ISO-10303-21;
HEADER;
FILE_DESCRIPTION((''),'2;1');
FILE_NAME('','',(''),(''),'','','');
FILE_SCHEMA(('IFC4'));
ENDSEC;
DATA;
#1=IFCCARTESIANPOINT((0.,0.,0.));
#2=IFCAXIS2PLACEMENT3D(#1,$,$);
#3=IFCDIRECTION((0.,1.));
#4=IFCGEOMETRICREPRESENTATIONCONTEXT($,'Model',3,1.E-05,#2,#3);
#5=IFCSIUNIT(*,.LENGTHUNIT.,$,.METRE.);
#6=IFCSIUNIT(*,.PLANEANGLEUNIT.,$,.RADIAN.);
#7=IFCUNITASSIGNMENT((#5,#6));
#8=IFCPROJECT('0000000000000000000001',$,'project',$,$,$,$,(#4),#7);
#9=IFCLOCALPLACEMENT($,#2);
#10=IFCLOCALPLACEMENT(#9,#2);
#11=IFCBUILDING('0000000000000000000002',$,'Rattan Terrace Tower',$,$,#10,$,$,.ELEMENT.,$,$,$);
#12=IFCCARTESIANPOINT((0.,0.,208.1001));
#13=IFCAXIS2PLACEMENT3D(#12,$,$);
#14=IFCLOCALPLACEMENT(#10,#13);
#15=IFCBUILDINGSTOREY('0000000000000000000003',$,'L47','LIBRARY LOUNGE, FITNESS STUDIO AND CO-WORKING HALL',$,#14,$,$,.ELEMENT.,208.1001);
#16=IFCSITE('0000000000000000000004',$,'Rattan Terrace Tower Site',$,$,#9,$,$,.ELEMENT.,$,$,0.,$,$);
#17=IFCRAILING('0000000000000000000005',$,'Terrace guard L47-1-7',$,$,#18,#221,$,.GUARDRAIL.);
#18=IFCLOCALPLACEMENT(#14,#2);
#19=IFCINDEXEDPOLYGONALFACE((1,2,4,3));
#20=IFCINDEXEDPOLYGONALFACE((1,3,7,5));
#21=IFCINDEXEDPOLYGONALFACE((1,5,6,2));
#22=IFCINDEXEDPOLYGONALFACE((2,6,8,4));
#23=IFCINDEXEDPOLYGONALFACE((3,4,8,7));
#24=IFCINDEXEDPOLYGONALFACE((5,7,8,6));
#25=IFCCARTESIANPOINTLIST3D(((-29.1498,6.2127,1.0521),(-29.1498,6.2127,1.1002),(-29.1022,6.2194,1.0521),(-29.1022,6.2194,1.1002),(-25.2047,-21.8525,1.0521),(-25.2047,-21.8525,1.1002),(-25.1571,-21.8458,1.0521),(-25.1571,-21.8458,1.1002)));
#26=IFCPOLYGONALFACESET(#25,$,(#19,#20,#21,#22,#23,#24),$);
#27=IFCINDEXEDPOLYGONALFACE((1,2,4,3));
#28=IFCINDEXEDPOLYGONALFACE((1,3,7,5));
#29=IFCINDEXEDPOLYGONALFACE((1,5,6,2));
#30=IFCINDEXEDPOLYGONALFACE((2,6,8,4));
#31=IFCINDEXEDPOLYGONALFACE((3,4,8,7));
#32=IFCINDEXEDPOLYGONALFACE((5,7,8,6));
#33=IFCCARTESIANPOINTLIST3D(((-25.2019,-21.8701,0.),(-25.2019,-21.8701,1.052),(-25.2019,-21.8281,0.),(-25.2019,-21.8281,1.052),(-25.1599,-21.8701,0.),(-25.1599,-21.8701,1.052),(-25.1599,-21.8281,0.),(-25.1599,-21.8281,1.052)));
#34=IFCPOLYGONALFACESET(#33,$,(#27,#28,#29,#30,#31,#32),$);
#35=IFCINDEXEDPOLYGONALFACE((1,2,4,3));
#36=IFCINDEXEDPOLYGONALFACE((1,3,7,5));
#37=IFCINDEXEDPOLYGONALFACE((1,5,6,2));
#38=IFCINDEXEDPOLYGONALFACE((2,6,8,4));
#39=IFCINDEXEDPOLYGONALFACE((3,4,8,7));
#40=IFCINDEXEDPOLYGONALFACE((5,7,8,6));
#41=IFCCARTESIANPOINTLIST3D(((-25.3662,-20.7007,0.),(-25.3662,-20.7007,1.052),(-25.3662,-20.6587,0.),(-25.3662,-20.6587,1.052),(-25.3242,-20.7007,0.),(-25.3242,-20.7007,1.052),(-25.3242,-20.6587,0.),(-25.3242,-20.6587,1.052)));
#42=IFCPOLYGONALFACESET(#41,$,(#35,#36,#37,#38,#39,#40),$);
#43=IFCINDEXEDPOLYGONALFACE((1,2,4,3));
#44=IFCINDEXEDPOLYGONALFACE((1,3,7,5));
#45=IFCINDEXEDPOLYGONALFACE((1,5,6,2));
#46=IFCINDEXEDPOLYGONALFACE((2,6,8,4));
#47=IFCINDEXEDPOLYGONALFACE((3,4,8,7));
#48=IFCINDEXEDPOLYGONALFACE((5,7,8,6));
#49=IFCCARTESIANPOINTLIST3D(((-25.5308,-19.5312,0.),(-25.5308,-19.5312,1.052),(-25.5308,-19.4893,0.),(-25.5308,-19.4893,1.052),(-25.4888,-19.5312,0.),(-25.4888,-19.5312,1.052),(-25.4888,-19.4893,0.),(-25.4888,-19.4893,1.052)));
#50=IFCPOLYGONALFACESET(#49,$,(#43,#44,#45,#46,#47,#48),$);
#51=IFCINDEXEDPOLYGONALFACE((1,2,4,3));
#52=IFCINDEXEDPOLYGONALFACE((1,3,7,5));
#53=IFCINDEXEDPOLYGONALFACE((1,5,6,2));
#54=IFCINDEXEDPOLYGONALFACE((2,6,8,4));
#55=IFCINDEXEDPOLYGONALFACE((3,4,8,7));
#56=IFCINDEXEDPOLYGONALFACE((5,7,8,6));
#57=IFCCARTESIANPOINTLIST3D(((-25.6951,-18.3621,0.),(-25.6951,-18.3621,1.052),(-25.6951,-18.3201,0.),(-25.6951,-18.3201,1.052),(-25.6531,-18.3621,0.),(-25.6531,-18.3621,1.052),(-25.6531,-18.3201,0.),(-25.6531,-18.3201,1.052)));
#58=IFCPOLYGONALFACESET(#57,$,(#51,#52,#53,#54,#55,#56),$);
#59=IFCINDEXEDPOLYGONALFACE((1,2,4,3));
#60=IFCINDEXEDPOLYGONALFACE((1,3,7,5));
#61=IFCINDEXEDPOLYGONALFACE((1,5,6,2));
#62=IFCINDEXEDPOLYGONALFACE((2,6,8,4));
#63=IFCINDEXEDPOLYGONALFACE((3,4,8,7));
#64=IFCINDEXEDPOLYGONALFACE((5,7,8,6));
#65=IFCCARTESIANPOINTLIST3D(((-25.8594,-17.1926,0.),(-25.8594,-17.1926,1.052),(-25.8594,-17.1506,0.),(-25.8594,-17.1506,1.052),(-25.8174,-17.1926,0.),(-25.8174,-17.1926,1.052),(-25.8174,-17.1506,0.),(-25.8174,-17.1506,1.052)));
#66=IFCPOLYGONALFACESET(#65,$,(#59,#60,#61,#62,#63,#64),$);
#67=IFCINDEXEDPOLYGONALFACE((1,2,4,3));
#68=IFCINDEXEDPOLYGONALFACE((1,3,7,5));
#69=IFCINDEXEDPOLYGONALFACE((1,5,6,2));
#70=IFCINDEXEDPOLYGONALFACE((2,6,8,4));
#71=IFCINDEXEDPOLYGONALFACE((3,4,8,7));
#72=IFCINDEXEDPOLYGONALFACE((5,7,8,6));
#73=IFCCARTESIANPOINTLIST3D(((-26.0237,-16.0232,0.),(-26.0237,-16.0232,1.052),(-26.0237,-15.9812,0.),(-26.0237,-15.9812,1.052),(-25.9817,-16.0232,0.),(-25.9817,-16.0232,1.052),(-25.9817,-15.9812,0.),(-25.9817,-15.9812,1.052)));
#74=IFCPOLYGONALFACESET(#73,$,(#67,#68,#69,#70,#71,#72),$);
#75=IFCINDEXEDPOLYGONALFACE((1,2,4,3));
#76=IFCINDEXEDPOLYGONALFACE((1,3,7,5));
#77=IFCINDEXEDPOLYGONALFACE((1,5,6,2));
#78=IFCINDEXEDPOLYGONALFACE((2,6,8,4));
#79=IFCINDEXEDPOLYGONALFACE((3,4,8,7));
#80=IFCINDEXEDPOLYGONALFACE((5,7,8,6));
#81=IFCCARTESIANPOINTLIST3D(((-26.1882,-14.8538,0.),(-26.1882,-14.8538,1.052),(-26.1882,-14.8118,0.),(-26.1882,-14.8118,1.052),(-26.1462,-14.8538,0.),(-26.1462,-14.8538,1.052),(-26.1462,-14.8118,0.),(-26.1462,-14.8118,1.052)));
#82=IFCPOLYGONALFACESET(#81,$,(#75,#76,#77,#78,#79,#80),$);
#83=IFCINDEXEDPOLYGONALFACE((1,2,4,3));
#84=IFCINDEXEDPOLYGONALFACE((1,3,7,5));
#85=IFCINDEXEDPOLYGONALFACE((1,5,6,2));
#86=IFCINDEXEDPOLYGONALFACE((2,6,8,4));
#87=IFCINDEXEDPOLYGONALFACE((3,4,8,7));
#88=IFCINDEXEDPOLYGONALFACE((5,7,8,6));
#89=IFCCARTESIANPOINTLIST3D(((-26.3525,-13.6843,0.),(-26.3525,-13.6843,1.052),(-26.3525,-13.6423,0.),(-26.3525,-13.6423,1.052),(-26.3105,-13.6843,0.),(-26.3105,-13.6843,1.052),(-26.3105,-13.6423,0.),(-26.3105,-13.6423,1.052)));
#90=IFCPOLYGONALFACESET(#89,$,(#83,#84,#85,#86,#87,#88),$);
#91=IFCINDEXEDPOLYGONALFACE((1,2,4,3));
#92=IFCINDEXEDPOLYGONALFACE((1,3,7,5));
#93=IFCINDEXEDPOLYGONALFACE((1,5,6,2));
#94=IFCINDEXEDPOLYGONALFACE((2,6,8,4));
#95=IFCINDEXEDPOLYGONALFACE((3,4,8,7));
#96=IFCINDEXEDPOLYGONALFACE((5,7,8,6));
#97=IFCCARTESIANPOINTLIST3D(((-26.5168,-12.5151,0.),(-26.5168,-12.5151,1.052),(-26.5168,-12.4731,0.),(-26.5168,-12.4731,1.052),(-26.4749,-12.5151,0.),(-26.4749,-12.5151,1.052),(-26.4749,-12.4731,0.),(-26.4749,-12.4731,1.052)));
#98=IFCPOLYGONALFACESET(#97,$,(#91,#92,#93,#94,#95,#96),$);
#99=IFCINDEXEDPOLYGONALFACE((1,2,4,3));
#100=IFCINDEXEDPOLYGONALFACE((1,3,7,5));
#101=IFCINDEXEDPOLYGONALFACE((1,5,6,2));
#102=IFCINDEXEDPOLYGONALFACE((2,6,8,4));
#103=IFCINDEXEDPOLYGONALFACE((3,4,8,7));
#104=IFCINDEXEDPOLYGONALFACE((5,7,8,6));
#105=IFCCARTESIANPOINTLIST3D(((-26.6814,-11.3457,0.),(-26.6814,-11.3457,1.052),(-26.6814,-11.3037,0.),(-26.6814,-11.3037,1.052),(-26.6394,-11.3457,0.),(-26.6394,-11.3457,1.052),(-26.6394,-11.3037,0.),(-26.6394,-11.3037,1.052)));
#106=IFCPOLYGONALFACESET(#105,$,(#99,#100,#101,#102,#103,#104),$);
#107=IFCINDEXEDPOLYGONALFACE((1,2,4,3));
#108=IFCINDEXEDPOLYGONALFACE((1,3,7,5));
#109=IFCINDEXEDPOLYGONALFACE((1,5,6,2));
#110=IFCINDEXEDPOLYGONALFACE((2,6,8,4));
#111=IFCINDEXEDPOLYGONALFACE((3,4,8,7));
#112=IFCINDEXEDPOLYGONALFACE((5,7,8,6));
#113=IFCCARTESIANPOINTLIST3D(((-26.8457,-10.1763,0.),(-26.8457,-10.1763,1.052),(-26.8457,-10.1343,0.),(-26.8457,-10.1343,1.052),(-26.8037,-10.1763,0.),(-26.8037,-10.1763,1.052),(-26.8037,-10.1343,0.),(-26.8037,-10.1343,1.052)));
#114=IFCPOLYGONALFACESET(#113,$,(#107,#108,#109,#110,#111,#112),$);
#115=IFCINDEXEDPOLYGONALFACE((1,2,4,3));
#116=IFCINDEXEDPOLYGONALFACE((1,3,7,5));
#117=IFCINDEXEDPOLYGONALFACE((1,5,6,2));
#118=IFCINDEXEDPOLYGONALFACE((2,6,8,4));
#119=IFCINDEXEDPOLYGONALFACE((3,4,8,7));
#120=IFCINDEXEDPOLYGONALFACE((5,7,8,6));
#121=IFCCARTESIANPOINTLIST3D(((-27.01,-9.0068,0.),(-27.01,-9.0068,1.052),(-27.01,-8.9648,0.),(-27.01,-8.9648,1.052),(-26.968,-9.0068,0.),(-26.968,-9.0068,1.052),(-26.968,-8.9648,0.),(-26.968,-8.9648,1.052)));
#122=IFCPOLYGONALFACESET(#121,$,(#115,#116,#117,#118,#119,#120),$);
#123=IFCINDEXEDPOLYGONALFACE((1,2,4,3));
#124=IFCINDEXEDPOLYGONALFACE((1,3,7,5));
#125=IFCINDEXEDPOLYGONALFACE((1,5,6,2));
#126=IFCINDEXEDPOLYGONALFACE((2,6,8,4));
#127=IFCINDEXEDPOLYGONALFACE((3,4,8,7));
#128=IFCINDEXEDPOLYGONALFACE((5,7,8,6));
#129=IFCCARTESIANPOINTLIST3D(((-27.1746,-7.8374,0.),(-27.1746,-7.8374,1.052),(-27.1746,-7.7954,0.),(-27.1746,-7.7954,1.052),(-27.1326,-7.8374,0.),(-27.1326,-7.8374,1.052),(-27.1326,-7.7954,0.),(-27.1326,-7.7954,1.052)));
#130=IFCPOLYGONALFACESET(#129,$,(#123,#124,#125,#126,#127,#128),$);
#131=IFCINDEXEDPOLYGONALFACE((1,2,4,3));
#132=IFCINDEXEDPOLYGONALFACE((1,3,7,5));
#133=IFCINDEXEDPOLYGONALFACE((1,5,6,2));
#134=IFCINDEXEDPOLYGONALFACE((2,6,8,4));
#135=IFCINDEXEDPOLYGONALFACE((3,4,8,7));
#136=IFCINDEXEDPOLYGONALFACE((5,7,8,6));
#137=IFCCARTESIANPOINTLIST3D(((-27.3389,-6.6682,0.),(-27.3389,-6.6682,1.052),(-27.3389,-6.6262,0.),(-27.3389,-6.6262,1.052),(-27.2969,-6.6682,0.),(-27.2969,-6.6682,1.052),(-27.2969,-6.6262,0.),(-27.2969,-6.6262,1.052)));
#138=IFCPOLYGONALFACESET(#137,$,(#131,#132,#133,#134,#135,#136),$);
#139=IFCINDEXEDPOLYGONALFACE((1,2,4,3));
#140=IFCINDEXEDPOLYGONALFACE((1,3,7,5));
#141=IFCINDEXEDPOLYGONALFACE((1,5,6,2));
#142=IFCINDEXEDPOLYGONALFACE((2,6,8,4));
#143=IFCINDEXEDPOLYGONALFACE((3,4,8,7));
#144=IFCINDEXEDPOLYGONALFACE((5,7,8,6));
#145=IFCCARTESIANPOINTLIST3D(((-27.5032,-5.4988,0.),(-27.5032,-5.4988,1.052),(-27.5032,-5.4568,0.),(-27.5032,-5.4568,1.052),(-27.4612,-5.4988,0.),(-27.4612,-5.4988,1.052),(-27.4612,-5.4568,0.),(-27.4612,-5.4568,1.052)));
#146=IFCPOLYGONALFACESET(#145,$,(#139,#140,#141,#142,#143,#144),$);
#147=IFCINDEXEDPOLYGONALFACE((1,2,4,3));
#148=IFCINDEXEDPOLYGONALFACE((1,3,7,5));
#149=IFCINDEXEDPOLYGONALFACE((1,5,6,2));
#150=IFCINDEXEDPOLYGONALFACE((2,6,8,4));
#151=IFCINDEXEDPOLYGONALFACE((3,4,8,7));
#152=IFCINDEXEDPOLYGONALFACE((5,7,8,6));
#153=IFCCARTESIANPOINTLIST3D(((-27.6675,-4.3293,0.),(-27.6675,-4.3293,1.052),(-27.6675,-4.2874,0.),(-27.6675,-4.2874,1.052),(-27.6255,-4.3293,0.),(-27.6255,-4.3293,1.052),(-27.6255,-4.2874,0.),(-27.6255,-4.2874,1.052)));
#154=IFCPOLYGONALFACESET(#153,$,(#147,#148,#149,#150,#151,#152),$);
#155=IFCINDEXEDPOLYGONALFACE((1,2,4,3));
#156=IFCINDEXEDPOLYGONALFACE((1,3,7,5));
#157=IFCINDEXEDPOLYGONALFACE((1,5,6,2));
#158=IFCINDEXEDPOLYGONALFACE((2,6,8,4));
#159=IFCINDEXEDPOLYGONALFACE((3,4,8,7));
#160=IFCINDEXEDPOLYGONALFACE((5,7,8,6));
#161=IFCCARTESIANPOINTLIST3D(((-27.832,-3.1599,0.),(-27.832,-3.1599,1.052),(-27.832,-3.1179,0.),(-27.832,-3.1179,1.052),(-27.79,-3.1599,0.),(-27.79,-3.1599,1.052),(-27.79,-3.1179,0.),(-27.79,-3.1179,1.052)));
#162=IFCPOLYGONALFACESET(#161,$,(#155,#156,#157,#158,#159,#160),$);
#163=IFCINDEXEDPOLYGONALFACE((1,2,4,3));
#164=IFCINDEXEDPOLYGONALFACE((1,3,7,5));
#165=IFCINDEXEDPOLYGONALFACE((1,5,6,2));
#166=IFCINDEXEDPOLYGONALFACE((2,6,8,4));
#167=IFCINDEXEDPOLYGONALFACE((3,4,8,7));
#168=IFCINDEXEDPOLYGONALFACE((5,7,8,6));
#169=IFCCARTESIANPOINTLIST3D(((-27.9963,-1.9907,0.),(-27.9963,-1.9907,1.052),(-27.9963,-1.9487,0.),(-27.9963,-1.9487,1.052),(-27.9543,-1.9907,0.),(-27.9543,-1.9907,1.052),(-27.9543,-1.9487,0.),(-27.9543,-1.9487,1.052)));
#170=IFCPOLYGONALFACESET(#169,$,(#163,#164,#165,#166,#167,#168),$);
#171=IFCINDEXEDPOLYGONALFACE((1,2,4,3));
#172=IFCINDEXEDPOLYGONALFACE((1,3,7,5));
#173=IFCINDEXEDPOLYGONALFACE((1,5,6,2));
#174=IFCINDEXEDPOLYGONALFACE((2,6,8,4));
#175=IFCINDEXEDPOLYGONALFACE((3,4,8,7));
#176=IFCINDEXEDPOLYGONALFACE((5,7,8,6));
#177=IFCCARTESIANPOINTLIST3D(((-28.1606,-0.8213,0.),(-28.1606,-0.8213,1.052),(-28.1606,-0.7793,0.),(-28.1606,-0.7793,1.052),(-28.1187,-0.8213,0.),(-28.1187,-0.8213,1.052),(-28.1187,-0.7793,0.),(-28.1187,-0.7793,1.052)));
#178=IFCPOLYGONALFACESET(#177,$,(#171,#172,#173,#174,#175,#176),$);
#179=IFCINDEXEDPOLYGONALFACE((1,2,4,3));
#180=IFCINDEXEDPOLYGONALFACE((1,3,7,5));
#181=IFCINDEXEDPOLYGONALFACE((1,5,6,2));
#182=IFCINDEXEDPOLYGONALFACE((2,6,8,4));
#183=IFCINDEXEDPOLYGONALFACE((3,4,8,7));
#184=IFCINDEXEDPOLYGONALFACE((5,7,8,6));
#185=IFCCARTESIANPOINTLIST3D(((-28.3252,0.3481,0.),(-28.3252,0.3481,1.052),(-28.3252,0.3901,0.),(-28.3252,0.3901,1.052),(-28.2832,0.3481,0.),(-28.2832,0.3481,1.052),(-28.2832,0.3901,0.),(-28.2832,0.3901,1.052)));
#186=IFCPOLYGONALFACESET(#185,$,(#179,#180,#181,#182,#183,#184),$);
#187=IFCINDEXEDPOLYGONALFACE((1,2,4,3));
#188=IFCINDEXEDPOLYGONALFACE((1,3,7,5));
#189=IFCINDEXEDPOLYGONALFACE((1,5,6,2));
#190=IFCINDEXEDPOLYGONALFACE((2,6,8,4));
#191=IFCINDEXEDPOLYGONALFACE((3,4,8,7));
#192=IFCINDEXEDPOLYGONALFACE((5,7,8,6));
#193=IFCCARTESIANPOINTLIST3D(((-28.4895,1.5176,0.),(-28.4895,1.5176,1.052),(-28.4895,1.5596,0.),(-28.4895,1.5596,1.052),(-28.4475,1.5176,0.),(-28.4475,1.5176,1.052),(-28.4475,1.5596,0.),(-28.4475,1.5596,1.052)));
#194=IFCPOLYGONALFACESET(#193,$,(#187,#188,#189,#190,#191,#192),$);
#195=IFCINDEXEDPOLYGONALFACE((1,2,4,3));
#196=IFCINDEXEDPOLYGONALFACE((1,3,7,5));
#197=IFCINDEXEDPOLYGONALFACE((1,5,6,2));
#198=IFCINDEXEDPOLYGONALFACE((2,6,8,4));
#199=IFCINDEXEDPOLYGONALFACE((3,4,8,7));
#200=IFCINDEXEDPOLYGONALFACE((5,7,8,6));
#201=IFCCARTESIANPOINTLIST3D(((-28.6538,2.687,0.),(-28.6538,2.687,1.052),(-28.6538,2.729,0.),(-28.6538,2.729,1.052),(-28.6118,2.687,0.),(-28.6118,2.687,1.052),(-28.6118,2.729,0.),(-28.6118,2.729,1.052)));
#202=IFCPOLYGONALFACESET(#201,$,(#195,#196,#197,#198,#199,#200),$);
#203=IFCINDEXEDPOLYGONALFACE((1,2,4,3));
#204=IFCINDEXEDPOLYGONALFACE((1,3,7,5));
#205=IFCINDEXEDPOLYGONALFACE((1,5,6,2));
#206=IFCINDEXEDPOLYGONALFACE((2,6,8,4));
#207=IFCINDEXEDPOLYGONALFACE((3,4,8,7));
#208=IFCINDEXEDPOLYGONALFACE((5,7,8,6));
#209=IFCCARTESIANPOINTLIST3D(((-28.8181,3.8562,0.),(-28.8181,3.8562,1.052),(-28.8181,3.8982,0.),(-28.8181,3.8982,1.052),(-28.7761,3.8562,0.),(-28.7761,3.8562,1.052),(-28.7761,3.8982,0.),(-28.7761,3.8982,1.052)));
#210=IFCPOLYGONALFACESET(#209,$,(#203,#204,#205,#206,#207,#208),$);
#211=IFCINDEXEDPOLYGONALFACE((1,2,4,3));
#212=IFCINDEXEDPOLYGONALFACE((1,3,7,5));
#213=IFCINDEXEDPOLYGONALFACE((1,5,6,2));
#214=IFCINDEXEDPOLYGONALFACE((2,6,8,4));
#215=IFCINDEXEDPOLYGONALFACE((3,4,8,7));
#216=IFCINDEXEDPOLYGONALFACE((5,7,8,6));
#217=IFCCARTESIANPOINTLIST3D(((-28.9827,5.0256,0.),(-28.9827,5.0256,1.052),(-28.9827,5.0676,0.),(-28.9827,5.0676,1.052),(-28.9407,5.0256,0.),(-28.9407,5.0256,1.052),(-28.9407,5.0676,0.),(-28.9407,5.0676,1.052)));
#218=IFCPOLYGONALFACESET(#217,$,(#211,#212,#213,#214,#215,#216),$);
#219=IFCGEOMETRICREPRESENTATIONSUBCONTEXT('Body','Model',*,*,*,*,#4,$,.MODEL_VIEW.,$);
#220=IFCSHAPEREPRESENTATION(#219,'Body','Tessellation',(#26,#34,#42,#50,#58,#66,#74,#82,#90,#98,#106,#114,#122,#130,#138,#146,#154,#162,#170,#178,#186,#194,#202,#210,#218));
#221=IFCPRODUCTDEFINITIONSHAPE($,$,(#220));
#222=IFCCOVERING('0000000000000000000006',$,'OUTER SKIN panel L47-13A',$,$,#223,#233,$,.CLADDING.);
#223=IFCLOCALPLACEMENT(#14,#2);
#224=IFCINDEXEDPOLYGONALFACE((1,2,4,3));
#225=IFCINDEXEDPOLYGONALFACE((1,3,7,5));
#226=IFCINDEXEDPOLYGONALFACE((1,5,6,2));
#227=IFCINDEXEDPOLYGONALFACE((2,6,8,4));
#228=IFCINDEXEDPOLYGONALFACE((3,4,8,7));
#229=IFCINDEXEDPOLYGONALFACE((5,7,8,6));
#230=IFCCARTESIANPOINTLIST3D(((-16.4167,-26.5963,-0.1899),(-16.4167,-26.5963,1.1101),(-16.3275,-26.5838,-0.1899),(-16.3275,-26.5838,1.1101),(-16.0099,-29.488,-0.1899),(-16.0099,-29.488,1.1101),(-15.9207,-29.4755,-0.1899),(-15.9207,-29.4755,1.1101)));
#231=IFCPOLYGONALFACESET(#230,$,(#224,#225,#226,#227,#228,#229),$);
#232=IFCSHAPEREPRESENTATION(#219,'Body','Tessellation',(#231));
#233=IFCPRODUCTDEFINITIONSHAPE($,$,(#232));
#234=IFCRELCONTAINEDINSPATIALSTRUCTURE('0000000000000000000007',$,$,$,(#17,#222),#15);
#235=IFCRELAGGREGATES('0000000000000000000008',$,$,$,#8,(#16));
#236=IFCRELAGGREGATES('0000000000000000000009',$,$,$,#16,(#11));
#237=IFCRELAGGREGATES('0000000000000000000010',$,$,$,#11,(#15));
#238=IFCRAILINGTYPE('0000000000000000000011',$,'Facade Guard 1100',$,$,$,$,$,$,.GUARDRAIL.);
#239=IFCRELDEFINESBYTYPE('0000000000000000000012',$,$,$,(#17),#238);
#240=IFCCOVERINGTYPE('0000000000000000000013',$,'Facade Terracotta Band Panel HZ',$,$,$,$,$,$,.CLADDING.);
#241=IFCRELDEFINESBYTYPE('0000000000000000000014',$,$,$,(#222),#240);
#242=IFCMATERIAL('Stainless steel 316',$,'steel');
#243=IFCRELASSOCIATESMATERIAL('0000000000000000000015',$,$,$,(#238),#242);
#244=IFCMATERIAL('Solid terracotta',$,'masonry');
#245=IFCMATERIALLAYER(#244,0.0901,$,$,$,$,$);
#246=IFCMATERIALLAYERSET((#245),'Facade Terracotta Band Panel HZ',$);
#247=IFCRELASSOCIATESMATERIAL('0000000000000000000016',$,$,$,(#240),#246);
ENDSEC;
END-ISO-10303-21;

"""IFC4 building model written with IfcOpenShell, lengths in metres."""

from ifc_helpers import new_model, si_unit, direction, frame, origin, origin_2d, place, context, subcontext, project, spatial, rectangle, extrude, material, layer, layer_set, type_object, element, save


model = new_model("IFC4")

# Units and contexts
model_context = context("Model", 3, precision=1e-05, world=origin(), true_north=direction((0.0, 1.0)))
body_context = subcontext(model_context, "Body", "Model", "MODEL_VIEW")
ifc_project = project(units=[si_unit("LENGTHUNIT", "METRE"), si_unit("PLANEANGLEUNIT", "RADIAN")], contexts=[model_context])

# Site, building, storey
site_placement = place(None, origin())
site = spatial("IfcSite", under=ifc_project, at=site_placement, Name="Rattan Terrace Tower Site", CompositionType="ELEMENT", RefElevation=0.0)
building_placement = place(site_placement, origin())
building = spatial("IfcBuilding", under=site, at=building_placement, Name="Rattan Terrace Tower", CompositionType="ELEMENT")
storey_placement = place(building_placement, frame((0.0, 0.0, 208.1001)))
storey = spatial("IfcBuildingStorey", under=building, at=storey_placement, Name="L47", Description="LIBRARY LOUNGE, FITNESS STUDIO AND CO-WORKING HALL", CompositionType="ELEMENT", Elevation=208.1001)

# Railing
ifc_material_1 = material(Name="Stainless steel 316", Category="steel")
railing_type = type_object("IfcRailingType", Name="Facade Guard 1100", PredefinedType="GUARDRAIL", material=ifc_material_1)
railing_1_placement = place(storey_placement, frame((-25.1809, -21.8491, 0.0)))
element("IfcRailing", 1, at=railing_1_placement, inside=storey, type_object=railing_type, Name="Terrace guard L47-1-7", PredefinedType="GUARDRAIL", context=body_context, shape_type="SweptSolid", body=[
    extrude(rectangle(XDim=0.0481, YDim=0.0481, at=origin_2d()), frame((0.0, 0.0, 1.0762), z_axis=(-0.1392, 0.990264, 0.0), x_axis=(-0.990264, -0.1392, 0.0)), (0.0, 0.0, 1.0), 28.3411),
    extrude(rectangle(XDim=0.042, YDim=0.042, at=origin_2d()), origin(), (0.0, 0.0, 1.0), 1.052),
    extrude(rectangle(XDim=0.042, YDim=0.042, at=origin_2d()), frame((-0.1643, 1.1694, 0.0)), (0.0, 0.0, 1.0), 1.052),
    extrude(rectangle(XDim=0.042, YDim=0.042, at=origin_2d()), frame((-0.3289, 2.3389, 0.0)), (0.0, 0.0, 1.0), 1.052),
    extrude(rectangle(XDim=0.042, YDim=0.042, at=origin_2d()), frame((-0.4932, 3.5081, 0.0)), (0.0, 0.0, 1.0), 1.052),
    extrude(rectangle(XDim=0.042, YDim=0.042, at=origin_2d()), frame((-0.6575, 4.6775, 0.0)), (0.0, 0.0, 1.0), 1.052),
    extrude(rectangle(XDim=0.042, YDim=0.042, at=origin_2d()), frame((-0.8218, 5.8469, 0.0)), (0.0, 0.0, 1.0), 1.052),
    extrude(rectangle(XDim=0.042, YDim=0.042, at=origin_2d()), frame((-0.9863, 7.0164, 0.0)), (0.0, 0.0, 1.0), 1.052),
    extrude(rectangle(XDim=0.042, YDim=0.042, at=origin_2d()), frame((-1.1506, 8.1858, 0.0)), (0.0, 0.0, 1.0), 1.052),
    extrude(rectangle(XDim=0.042, YDim=0.042, at=origin_2d()), frame((-1.3149, 9.355, 0.0)), (0.0, 0.0, 1.0), 1.052),
    extrude(rectangle(XDim=0.042, YDim=0.042, at=origin_2d()), frame((-1.4795, 10.5244, 0.0)), (0.0, 0.0, 1.0), 1.052),
    extrude(rectangle(XDim=0.042, YDim=0.042, at=origin_2d()), frame((-1.6438, 11.6938, 0.0)), (0.0, 0.0, 1.0), 1.052),
    extrude(rectangle(XDim=0.042, YDim=0.042, at=origin_2d()), frame((-1.8081, 12.8633, 0.0)), (0.0, 0.0, 1.0), 1.052),
    extrude(rectangle(XDim=0.042, YDim=0.042, at=origin_2d()), frame((-1.9727, 14.0327, 0.0)), (0.0, 0.0, 1.0), 1.052),
    extrude(rectangle(XDim=0.042, YDim=0.042, at=origin_2d()), frame((-2.137, 15.2019, 0.0)), (0.0, 0.0, 1.0), 1.052),
    extrude(rectangle(XDim=0.042, YDim=0.042, at=origin_2d()), frame((-2.3013, 16.3713, 0.0)), (0.0, 0.0, 1.0), 1.052),
    extrude(rectangle(XDim=0.042, YDim=0.042, at=origin_2d()), frame((-2.4656, 17.5408, 0.0)), (0.0, 0.0, 1.0), 1.052),
    extrude(rectangle(XDim=0.042, YDim=0.042, at=origin_2d()), frame((-2.6301, 18.7102, 0.0)), (0.0, 0.0, 1.0), 1.052),
    extrude(rectangle(XDim=0.042, YDim=0.042, at=origin_2d()), frame((-2.7944, 19.8794, 0.0)), (0.0, 0.0, 1.0), 1.052),
    extrude(rectangle(XDim=0.042, YDim=0.042, at=origin_2d()), frame((-2.9587, 21.0488, 0.0)), (0.0, 0.0, 1.0), 1.052),
    extrude(rectangle(XDim=0.042, YDim=0.042, at=origin_2d()), frame((-3.1233, 22.2183, 0.0)), (0.0, 0.0, 1.0), 1.052),
    extrude(rectangle(XDim=0.042, YDim=0.042, at=origin_2d()), frame((-3.2876, 23.3877, 0.0)), (0.0, 0.0, 1.0), 1.052),
    extrude(rectangle(XDim=0.042, YDim=0.042, at=origin_2d()), frame((-3.4519, 24.5571, 0.0)), (0.0, 0.0, 1.0), 1.052),
    extrude(rectangle(XDim=0.042, YDim=0.042, at=origin_2d()), frame((-3.6162, 25.7263, 0.0)), (0.0, 0.0, 1.0), 1.052),
    extrude(rectangle(XDim=0.042, YDim=0.042, at=origin_2d()), frame((-3.7808, 26.8958, 0.0)), (0.0, 0.0, 1.0), 1.052),
])

# Covering
ifc_material_2 = material(Name="Solid terracotta", Category="masonry")
ifc_layer_1 = layer(ifc_material_2, 0.0901)
ifc_layer_set_1 = layer_set([ifc_layer_1], Name="Facade Terracotta Band Panel HZ")
covering_type_1 = type_object("IfcCoveringType", Name="Facade Terracotta Band Panel HZ", PredefinedType="CLADDING", material=ifc_layer_set_1)
covering_1_placement = place(storey_placement, frame((-16.1687, -28.0359, -0.1899), z_axis=(0.0, 0.0, 1.0), x_axis=(0.139321, -0.990247, 0.0)))
element("IfcCovering", 2, at=covering_1_placement, inside=storey, type_object=covering_type_1, Name="OUTER SKIN panel L47-13A", PredefinedType="CLADDING", context=body_context, shape_type="SweptSolid", body=[
    extrude(rectangle(XDim=2.9202, YDim=0.0901, at=origin_2d()), origin(), (0.0, 0.0, 1.0), 1.3),
])

save(model, "model.ifc")
